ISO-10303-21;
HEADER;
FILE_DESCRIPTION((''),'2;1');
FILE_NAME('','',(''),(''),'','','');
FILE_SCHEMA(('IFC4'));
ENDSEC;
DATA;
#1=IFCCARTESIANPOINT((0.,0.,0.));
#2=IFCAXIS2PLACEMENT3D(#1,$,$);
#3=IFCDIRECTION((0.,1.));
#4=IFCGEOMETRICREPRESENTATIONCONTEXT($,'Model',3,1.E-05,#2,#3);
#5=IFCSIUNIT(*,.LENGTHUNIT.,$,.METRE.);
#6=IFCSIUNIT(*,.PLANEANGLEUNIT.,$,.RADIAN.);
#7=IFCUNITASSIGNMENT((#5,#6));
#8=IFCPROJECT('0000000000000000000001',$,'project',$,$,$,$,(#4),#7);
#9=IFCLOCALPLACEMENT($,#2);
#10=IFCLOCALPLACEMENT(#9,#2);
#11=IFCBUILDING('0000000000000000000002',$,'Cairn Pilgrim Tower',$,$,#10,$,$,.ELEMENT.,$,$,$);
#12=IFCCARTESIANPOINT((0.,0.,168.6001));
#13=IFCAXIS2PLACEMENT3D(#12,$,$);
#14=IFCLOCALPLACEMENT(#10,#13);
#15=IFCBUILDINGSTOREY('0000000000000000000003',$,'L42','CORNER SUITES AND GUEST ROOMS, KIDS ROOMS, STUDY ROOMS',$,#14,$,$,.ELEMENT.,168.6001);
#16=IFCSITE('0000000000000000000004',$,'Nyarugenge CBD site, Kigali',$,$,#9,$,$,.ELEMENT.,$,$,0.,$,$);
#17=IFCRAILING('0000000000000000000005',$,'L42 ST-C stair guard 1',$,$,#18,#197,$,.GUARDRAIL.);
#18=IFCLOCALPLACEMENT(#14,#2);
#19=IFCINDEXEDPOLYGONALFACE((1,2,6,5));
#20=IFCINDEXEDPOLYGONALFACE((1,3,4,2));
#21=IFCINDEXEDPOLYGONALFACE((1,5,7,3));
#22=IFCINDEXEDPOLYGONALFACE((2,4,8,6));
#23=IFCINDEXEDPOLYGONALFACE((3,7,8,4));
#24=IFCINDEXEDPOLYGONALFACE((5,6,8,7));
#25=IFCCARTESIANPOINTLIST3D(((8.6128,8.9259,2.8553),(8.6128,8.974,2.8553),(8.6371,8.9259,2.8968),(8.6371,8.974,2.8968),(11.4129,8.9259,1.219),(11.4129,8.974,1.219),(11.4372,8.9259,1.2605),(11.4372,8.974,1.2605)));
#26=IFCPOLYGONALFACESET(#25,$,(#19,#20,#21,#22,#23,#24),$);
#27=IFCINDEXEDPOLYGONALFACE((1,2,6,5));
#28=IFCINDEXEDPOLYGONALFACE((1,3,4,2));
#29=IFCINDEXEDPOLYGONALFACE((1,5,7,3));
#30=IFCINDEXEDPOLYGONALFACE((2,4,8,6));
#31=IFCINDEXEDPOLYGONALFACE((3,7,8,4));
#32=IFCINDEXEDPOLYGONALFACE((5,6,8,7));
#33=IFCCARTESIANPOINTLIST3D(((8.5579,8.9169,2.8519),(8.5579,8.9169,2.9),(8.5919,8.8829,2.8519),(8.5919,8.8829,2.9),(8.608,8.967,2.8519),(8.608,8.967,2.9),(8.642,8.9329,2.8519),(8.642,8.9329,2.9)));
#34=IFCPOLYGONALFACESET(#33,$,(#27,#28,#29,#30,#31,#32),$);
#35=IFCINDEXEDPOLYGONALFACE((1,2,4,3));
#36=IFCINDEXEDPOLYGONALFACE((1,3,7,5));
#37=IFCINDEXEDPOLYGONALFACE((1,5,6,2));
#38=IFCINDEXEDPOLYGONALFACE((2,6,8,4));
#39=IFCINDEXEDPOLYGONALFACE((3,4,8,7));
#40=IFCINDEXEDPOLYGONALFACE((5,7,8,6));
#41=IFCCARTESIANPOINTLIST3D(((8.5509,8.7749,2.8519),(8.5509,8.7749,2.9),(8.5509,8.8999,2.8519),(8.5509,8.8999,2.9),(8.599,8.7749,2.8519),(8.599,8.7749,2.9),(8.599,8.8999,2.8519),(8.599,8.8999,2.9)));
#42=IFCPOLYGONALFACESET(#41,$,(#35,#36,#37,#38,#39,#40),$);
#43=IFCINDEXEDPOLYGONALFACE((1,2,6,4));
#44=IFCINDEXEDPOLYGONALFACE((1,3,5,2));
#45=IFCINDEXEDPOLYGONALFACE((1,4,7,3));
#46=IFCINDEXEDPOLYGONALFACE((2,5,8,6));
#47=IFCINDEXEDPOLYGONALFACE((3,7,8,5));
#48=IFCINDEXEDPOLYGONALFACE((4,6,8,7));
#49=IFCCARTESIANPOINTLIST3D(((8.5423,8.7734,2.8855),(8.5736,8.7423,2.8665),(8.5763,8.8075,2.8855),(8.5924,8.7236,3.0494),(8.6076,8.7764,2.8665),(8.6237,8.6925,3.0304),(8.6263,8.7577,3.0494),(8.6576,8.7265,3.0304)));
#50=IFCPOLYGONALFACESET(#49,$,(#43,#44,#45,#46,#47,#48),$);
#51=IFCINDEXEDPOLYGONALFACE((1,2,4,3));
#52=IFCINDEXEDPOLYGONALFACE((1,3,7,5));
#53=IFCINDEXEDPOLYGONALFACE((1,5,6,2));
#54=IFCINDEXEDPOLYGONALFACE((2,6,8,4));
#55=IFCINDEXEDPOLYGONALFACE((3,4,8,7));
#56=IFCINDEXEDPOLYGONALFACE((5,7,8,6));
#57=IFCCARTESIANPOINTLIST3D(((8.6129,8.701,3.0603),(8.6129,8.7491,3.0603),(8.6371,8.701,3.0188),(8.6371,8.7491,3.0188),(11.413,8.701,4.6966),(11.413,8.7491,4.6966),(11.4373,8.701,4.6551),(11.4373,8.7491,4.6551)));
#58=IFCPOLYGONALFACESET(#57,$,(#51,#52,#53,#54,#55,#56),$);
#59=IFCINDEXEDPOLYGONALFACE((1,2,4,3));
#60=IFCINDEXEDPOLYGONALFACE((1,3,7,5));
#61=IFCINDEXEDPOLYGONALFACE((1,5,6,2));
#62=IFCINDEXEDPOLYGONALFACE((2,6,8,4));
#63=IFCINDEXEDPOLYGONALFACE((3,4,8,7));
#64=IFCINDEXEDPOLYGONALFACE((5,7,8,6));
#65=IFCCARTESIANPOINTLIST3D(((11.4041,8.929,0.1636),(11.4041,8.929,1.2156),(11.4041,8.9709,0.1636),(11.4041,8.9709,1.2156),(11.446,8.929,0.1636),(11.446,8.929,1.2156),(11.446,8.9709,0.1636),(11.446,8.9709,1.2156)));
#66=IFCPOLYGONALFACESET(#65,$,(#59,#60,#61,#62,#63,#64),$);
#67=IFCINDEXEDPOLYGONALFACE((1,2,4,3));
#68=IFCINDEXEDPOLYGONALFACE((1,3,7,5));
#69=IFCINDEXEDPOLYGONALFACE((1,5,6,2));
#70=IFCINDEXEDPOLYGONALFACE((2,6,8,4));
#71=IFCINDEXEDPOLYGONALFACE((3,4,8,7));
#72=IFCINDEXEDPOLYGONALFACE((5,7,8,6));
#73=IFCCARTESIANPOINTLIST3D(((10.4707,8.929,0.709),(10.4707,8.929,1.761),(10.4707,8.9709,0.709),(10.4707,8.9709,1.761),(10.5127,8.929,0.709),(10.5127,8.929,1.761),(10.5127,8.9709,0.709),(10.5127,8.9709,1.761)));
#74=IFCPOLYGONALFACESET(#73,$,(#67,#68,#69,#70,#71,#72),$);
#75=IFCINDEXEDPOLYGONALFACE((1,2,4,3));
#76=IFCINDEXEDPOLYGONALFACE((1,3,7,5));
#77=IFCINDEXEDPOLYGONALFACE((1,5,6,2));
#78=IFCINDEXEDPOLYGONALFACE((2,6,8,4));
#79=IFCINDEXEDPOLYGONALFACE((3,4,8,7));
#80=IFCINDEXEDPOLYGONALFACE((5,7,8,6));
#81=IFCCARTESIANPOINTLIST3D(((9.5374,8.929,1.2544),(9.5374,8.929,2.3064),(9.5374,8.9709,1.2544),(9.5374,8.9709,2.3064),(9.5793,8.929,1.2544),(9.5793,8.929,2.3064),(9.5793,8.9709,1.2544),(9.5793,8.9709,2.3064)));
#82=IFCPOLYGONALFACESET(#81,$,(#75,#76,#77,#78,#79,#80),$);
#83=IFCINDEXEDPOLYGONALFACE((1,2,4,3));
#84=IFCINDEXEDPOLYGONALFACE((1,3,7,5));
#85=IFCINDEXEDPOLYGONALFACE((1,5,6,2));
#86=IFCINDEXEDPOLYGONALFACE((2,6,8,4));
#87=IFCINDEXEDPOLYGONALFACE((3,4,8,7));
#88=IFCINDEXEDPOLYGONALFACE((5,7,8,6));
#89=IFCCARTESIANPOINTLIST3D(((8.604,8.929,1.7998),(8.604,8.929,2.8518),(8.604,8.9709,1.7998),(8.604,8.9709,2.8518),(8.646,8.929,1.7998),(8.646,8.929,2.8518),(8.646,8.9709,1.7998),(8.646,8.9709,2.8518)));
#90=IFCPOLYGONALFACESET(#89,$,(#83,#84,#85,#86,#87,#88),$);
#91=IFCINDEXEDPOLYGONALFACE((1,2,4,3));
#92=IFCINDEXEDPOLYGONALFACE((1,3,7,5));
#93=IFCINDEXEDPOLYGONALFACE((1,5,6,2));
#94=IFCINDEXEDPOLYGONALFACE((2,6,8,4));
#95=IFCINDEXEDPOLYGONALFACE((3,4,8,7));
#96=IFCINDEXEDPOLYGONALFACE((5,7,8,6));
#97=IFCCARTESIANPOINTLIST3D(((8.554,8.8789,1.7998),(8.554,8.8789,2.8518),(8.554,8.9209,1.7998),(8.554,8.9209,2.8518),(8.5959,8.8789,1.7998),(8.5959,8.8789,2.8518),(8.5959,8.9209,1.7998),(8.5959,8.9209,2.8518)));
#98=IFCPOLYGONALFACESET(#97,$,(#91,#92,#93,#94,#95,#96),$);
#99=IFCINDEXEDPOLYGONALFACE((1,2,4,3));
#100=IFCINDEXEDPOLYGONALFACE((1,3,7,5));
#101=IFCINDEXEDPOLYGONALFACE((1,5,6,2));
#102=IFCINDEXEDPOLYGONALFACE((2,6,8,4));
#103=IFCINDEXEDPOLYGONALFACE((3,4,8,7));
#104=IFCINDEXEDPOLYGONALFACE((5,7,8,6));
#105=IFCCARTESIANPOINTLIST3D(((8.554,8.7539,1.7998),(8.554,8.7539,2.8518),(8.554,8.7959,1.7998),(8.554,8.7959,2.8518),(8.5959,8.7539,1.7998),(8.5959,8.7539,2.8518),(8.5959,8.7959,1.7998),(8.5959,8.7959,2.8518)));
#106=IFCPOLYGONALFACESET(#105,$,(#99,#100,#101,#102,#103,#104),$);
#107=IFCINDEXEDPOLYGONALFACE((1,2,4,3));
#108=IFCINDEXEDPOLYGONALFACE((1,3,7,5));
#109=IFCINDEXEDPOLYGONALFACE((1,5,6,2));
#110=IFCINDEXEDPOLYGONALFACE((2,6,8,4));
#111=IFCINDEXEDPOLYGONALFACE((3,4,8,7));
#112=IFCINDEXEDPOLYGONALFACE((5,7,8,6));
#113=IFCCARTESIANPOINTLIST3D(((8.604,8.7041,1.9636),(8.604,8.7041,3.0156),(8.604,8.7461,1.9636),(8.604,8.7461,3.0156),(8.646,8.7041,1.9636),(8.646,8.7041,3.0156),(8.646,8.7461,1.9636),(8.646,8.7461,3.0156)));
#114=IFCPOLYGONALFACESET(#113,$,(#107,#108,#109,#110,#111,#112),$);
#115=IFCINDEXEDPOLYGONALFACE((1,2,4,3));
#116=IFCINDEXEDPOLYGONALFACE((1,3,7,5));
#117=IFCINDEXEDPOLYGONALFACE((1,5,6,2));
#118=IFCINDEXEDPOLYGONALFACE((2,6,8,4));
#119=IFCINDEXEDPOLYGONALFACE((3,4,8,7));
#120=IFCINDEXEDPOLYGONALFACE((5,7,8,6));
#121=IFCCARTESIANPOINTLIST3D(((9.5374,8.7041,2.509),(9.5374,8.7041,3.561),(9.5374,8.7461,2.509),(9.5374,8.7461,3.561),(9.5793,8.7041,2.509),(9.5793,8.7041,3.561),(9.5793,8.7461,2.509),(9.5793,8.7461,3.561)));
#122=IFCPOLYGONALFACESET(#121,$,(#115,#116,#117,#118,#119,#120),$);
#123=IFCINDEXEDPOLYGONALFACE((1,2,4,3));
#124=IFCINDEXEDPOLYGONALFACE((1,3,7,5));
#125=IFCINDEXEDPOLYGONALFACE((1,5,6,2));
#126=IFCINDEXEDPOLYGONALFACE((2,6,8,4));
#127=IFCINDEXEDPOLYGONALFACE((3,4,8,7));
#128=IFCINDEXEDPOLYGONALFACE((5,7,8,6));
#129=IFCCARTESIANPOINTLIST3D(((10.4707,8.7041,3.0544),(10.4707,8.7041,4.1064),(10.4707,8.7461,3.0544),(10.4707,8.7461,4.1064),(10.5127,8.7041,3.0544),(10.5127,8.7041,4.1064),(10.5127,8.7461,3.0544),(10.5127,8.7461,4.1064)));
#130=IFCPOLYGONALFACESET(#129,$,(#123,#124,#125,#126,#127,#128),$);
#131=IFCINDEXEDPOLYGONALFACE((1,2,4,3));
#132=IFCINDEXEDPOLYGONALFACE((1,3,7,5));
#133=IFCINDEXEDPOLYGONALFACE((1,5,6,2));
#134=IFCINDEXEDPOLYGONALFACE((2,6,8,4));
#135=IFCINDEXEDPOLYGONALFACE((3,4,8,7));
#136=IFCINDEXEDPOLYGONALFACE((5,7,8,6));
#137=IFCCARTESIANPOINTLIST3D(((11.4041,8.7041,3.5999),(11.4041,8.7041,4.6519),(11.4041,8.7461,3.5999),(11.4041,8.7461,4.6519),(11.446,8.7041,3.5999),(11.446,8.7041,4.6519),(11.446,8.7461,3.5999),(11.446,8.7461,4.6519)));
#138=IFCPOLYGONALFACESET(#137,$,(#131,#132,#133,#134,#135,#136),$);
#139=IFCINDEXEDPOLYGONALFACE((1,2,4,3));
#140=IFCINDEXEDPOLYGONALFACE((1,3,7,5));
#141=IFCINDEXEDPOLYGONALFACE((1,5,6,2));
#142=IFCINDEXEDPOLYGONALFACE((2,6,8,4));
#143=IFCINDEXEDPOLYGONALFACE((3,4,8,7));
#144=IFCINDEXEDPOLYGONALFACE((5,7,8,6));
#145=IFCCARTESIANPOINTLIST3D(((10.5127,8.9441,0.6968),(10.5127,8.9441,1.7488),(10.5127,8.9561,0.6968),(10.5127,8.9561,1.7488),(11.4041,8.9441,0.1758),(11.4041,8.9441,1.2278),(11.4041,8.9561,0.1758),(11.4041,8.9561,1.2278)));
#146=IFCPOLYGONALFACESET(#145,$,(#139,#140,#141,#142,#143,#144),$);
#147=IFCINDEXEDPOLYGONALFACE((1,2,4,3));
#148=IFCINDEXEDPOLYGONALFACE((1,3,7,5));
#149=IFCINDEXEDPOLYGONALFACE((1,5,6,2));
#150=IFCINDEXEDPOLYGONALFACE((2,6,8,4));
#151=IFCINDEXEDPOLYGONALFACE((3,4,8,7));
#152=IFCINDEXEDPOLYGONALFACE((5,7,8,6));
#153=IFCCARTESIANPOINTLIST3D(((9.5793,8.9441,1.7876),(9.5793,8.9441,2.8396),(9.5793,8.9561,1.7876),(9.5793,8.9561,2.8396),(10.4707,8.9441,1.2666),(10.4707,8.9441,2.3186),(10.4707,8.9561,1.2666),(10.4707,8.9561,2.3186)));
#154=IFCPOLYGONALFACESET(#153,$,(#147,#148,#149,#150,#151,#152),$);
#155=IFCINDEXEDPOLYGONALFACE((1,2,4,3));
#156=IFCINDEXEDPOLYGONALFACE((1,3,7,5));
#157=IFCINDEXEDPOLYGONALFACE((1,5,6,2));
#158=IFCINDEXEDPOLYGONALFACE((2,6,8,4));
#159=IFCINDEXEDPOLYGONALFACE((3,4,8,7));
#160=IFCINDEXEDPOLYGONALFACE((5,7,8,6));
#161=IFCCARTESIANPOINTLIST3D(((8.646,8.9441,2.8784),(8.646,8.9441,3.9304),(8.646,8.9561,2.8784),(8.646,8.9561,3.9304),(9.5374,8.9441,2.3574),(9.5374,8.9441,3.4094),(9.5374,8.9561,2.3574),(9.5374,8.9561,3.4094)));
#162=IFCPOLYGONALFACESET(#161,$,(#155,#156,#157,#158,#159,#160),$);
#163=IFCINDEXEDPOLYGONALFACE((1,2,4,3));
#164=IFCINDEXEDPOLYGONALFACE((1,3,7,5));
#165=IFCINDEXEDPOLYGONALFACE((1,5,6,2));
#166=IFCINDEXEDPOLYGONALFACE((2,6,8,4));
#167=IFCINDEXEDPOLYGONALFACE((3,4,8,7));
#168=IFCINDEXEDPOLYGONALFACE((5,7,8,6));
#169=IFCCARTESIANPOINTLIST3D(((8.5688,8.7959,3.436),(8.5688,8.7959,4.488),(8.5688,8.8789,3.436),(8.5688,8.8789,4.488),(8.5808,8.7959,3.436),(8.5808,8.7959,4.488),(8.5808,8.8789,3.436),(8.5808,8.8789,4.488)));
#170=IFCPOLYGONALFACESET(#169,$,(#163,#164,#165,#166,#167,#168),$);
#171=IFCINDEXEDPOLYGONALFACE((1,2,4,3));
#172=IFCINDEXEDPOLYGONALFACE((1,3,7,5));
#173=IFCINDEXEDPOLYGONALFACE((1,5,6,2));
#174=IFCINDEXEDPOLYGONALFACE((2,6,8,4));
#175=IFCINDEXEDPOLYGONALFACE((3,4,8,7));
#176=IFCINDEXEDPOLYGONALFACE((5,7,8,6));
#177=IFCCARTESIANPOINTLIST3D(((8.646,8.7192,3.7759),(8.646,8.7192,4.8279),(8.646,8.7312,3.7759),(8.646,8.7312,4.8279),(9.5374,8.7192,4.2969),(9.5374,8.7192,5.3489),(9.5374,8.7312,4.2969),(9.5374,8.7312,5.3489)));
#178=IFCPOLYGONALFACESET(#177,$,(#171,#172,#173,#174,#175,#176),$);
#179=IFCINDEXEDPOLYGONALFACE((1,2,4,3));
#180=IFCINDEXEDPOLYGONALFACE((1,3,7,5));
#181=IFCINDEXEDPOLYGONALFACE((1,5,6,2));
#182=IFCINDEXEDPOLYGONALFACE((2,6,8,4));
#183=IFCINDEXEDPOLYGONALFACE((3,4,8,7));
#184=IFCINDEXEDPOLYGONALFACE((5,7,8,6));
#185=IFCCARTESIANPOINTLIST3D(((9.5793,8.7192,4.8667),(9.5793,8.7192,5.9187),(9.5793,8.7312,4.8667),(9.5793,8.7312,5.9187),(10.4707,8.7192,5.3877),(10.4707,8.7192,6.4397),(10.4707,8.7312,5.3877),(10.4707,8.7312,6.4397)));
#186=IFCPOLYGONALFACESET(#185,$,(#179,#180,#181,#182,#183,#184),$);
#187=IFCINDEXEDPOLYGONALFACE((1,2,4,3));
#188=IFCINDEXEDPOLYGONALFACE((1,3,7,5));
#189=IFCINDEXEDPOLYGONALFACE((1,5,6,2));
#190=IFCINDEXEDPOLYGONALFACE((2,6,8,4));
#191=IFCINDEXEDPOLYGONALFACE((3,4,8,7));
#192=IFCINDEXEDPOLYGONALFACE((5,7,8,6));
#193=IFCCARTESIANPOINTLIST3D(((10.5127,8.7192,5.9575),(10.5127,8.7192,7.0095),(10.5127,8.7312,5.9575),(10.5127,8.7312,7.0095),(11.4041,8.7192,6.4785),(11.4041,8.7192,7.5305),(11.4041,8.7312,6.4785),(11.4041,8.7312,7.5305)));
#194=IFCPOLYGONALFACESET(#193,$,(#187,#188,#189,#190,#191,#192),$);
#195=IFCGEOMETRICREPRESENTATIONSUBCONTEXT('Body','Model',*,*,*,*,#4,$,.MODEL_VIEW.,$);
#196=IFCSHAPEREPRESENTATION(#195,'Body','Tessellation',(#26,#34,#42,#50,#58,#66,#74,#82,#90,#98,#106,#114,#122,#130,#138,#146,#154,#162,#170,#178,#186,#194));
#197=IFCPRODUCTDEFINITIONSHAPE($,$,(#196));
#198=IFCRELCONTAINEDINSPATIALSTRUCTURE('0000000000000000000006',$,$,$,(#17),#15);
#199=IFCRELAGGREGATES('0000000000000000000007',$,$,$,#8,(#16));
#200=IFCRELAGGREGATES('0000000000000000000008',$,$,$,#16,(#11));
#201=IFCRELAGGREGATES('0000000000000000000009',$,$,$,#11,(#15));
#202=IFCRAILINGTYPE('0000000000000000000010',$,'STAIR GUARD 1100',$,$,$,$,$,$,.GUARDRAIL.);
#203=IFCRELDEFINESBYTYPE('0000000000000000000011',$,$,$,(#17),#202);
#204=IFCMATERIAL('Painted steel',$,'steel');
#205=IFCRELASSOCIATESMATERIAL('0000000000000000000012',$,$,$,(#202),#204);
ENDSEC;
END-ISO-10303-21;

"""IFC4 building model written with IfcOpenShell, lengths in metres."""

from ifc_helpers import new_model, si_unit, direction, frame, origin, origin_2d, place, context, subcontext, project, spatial, polyline, rectangle, outline, extrude, material, type_object, element, save


model = new_model("IFC4")

# Units and contexts
model_context = context("Model", 3, precision=1e-05, world=origin(), true_north=direction((0.0, 1.0)))
body_context = subcontext(model_context, "Body", "Model", "MODEL_VIEW")
ifc_project = project(units=[si_unit("LENGTHUNIT", "METRE"), si_unit("PLANEANGLEUNIT", "RADIAN")], contexts=[model_context])

# Site, building, storey
site_placement = place(None, origin())
site = spatial("IfcSite", under=ifc_project, at=site_placement, Name="Nyarugenge CBD site, Kigali", CompositionType="ELEMENT", RefElevation=0.0)
building_placement = place(site_placement, origin())
building = spatial("IfcBuilding", under=site, at=building_placement, Name="Cairn Pilgrim Tower", CompositionType="ELEMENT")
storey_placement = place(building_placement, frame((0.0, 0.0, 168.6001)))
storey = spatial("IfcBuildingStorey", under=building, at=storey_placement, Name="L42", Description="CORNER SUITES AND GUEST ROOMS, KIDS ROOMS, STUDY ROOMS", CompositionType="ELEMENT", Elevation=168.6001)

# Shared definitions
ifc_material_1 = material(Name="Painted steel", Category="steel")

# Railing
railing_type_1 = type_object("IfcRailingType", Name="STAIR GUARD 1100", PredefinedType="GUARDRAIL", material=ifc_material_1)
railing_1_placement = place(storey_placement, frame((11.425, 8.95, 0.1636)))
element("IfcRailing", 1, at=railing_1_placement, inside=storey, type_object=railing_type_1, Name="L42 ST-C stair guard 1", PredefinedType="GUARDRAIL", context=body_context, shape_type="SweptSolid", body=[
    extrude(rectangle(XDim=0.0481, YDim=0.0481, at=origin_2d()), frame((0.0, 0.0, 1.0762), z_axis=(-0.863394, 0.0, 0.504531), x_axis=(0.0, -1.0, 0.0)), (0.0, 0.0, 1.0), 3.2432),
    extrude(rectangle(XDim=0.0481, YDim=0.0481, at=origin_2d()), frame((-2.8, 0.0, 2.7124), z_axis=(-0.707107, -0.707107, 0.0), x_axis=(0.707107, -0.707107, 0.0)), (0.0, 0.0, 1.0), 0.0708),
    extrude(rectangle(XDim=0.0481, YDim=0.0481, at=origin_2d()), frame((-2.8501, -0.05, 2.7124), z_axis=(0.0, -1.0, 0.0), x_axis=(1.0, 0.0, 0.0)), (0.0, 0.0, 1.0), 0.125),
    extrude(rectangle(XDim=0.0481, YDim=0.0481, at=origin_2d()), frame((-2.8501, -0.175, 2.7124), z_axis=(0.280564, -0.279195, 0.918332), x_axis=(0.705376, 0.708834, 0.0)), (0.0, 0.0, 1.0), 0.1785),
    extrude(rectangle(XDim=0.0481, YDim=0.0481, at=origin_2d()), frame((-2.8, -0.2249, 2.876), z_axis=(0.863394, 0.0, 0.504531), x_axis=(0.0, 1.0, 0.0)), (0.0, 0.0, 1.0), 3.2432),
    extrude(rectangle(XDim=0.042, YDim=0.042, at=origin_2d()), origin(), (0.0, 0.0, 1.0), 1.052),
    extrude(rectangle(XDim=0.042, YDim=0.042, at=origin_2d()), frame((-0.9333, 0.0, 0.5454)), (0.0, 0.0, 1.0), 1.052),
    extrude(rectangle(XDim=0.042, YDim=0.042, at=origin_2d()), frame((-1.8667, 0.0, 1.0908)), (0.0, 0.0, 1.0), 1.052),
    extrude(rectangle(XDim=0.042, YDim=0.042, at=origin_2d()), frame((-2.8, 0.0, 1.6362)), (0.0, 0.0, 1.0), 1.052),
    extrude(rectangle(XDim=0.042, YDim=0.042, at=origin_2d()), frame((-2.8501, -0.05, 1.6362)), (0.0, 0.0, 1.0), 1.052),
    extrude(rectangle(XDim=0.042, YDim=0.042, at=origin_2d()), frame((-2.8501, -0.175, 1.6362)), (0.0, 0.0, 1.0), 1.052),
    extrude(rectangle(XDim=0.042, YDim=0.042, at=origin_2d()), frame((-2.8, -0.2249, 1.8)), (0.0, 0.0, 1.0), 1.052),
    extrude(rectangle(XDim=0.042, YDim=0.042, at=origin_2d()), frame((-1.8667, -0.2249, 2.3455)), (0.0, 0.0, 1.0), 1.052),
    extrude(rectangle(XDim=0.042, YDim=0.042, at=origin_2d()), frame((-0.9333, -0.2249, 2.8909)), (0.0, 0.0, 1.0), 1.052),
    extrude(rectangle(XDim=0.042, YDim=0.042, at=origin_2d()), frame((0.0, -0.2249, 3.4363)), (0.0, 0.0, 1.0), 1.052),
    extrude(outline(polyline([(0.021, 0.0122), (0.9124, 0.5332), (0.9124, 1.5852), (0.021, 1.0642), (0.021, 0.0122)])), frame((0.0, -0.0059, 0.0), z_axis=(0.0, 1.0, 0.0), x_axis=(-1.0, 0.0, 0.0)), (0.0, 0.0, 1.0), 0.012),
    extrude(outline(polyline([(0.021, 0.5576), (0.9124, 1.0786), (0.9124, 2.1306), (0.021, 1.6096), (0.021, 0.5576)])), frame((-0.9333, -0.0059, 0.5454), z_axis=(0.0, 1.0, 0.0), x_axis=(-1.0, 0.0, 0.0)), (0.0, 0.0, 1.0), 0.012),
    extrude(outline(polyline([(0.021, 1.103), (0.9124, 1.624), (0.9124, 2.676), (0.021, 2.155), (0.021, 1.103)])), frame((-1.8667, -0.0059, 1.0908), z_axis=(0.0, 1.0, 0.0), x_axis=(-1.0, 0.0, 0.0)), (0.0, 0.0, 1.0), 0.012),
    extrude(outline(polyline([(0.021, 1.6362), (0.104, 1.6362), (0.104, 2.6882), (0.021, 2.6882), (0.021, 1.6362)])), frame((-2.8442, -0.05, 1.6362), z_axis=(-1.0, 0.0, 0.0), x_axis=(0.0, -1.0, 0.0)), (0.0, 0.0, 1.0), 0.012),
    extrude(outline(polyline([(0.021, 1.8123), (0.9124, 2.3333), (0.9124, 3.3853), (0.021, 2.8643), (0.021, 1.8123)])), frame((-2.8, -0.2188, 1.8), z_axis=(0.0, -1.0, 0.0), x_axis=(1.0, 0.0, 0.0)), (0.0, 0.0, 1.0), 0.012),
    extrude(outline(polyline([(0.021, 2.3577), (0.9124, 2.8787), (0.9124, 3.9307), (0.021, 3.4097), (0.021, 2.3577)])), frame((-1.8667, -0.2188, 2.3455), z_axis=(0.0, -1.0, 0.0), x_axis=(1.0, 0.0, 0.0)), (0.0, 0.0, 1.0), 0.012),
    extrude(outline(polyline([(0.021, 2.9031), (0.9124, 3.4241), (0.9124, 4.4761), (0.021, 3.9551), (0.021, 2.9031)])), frame((-0.9333, -0.2188, 2.8909), z_axis=(0.0, -1.0, 0.0), x_axis=(1.0, 0.0, 0.0)), (0.0, 0.0, 1.0), 0.012),
])

save(model, "model.ifc")
